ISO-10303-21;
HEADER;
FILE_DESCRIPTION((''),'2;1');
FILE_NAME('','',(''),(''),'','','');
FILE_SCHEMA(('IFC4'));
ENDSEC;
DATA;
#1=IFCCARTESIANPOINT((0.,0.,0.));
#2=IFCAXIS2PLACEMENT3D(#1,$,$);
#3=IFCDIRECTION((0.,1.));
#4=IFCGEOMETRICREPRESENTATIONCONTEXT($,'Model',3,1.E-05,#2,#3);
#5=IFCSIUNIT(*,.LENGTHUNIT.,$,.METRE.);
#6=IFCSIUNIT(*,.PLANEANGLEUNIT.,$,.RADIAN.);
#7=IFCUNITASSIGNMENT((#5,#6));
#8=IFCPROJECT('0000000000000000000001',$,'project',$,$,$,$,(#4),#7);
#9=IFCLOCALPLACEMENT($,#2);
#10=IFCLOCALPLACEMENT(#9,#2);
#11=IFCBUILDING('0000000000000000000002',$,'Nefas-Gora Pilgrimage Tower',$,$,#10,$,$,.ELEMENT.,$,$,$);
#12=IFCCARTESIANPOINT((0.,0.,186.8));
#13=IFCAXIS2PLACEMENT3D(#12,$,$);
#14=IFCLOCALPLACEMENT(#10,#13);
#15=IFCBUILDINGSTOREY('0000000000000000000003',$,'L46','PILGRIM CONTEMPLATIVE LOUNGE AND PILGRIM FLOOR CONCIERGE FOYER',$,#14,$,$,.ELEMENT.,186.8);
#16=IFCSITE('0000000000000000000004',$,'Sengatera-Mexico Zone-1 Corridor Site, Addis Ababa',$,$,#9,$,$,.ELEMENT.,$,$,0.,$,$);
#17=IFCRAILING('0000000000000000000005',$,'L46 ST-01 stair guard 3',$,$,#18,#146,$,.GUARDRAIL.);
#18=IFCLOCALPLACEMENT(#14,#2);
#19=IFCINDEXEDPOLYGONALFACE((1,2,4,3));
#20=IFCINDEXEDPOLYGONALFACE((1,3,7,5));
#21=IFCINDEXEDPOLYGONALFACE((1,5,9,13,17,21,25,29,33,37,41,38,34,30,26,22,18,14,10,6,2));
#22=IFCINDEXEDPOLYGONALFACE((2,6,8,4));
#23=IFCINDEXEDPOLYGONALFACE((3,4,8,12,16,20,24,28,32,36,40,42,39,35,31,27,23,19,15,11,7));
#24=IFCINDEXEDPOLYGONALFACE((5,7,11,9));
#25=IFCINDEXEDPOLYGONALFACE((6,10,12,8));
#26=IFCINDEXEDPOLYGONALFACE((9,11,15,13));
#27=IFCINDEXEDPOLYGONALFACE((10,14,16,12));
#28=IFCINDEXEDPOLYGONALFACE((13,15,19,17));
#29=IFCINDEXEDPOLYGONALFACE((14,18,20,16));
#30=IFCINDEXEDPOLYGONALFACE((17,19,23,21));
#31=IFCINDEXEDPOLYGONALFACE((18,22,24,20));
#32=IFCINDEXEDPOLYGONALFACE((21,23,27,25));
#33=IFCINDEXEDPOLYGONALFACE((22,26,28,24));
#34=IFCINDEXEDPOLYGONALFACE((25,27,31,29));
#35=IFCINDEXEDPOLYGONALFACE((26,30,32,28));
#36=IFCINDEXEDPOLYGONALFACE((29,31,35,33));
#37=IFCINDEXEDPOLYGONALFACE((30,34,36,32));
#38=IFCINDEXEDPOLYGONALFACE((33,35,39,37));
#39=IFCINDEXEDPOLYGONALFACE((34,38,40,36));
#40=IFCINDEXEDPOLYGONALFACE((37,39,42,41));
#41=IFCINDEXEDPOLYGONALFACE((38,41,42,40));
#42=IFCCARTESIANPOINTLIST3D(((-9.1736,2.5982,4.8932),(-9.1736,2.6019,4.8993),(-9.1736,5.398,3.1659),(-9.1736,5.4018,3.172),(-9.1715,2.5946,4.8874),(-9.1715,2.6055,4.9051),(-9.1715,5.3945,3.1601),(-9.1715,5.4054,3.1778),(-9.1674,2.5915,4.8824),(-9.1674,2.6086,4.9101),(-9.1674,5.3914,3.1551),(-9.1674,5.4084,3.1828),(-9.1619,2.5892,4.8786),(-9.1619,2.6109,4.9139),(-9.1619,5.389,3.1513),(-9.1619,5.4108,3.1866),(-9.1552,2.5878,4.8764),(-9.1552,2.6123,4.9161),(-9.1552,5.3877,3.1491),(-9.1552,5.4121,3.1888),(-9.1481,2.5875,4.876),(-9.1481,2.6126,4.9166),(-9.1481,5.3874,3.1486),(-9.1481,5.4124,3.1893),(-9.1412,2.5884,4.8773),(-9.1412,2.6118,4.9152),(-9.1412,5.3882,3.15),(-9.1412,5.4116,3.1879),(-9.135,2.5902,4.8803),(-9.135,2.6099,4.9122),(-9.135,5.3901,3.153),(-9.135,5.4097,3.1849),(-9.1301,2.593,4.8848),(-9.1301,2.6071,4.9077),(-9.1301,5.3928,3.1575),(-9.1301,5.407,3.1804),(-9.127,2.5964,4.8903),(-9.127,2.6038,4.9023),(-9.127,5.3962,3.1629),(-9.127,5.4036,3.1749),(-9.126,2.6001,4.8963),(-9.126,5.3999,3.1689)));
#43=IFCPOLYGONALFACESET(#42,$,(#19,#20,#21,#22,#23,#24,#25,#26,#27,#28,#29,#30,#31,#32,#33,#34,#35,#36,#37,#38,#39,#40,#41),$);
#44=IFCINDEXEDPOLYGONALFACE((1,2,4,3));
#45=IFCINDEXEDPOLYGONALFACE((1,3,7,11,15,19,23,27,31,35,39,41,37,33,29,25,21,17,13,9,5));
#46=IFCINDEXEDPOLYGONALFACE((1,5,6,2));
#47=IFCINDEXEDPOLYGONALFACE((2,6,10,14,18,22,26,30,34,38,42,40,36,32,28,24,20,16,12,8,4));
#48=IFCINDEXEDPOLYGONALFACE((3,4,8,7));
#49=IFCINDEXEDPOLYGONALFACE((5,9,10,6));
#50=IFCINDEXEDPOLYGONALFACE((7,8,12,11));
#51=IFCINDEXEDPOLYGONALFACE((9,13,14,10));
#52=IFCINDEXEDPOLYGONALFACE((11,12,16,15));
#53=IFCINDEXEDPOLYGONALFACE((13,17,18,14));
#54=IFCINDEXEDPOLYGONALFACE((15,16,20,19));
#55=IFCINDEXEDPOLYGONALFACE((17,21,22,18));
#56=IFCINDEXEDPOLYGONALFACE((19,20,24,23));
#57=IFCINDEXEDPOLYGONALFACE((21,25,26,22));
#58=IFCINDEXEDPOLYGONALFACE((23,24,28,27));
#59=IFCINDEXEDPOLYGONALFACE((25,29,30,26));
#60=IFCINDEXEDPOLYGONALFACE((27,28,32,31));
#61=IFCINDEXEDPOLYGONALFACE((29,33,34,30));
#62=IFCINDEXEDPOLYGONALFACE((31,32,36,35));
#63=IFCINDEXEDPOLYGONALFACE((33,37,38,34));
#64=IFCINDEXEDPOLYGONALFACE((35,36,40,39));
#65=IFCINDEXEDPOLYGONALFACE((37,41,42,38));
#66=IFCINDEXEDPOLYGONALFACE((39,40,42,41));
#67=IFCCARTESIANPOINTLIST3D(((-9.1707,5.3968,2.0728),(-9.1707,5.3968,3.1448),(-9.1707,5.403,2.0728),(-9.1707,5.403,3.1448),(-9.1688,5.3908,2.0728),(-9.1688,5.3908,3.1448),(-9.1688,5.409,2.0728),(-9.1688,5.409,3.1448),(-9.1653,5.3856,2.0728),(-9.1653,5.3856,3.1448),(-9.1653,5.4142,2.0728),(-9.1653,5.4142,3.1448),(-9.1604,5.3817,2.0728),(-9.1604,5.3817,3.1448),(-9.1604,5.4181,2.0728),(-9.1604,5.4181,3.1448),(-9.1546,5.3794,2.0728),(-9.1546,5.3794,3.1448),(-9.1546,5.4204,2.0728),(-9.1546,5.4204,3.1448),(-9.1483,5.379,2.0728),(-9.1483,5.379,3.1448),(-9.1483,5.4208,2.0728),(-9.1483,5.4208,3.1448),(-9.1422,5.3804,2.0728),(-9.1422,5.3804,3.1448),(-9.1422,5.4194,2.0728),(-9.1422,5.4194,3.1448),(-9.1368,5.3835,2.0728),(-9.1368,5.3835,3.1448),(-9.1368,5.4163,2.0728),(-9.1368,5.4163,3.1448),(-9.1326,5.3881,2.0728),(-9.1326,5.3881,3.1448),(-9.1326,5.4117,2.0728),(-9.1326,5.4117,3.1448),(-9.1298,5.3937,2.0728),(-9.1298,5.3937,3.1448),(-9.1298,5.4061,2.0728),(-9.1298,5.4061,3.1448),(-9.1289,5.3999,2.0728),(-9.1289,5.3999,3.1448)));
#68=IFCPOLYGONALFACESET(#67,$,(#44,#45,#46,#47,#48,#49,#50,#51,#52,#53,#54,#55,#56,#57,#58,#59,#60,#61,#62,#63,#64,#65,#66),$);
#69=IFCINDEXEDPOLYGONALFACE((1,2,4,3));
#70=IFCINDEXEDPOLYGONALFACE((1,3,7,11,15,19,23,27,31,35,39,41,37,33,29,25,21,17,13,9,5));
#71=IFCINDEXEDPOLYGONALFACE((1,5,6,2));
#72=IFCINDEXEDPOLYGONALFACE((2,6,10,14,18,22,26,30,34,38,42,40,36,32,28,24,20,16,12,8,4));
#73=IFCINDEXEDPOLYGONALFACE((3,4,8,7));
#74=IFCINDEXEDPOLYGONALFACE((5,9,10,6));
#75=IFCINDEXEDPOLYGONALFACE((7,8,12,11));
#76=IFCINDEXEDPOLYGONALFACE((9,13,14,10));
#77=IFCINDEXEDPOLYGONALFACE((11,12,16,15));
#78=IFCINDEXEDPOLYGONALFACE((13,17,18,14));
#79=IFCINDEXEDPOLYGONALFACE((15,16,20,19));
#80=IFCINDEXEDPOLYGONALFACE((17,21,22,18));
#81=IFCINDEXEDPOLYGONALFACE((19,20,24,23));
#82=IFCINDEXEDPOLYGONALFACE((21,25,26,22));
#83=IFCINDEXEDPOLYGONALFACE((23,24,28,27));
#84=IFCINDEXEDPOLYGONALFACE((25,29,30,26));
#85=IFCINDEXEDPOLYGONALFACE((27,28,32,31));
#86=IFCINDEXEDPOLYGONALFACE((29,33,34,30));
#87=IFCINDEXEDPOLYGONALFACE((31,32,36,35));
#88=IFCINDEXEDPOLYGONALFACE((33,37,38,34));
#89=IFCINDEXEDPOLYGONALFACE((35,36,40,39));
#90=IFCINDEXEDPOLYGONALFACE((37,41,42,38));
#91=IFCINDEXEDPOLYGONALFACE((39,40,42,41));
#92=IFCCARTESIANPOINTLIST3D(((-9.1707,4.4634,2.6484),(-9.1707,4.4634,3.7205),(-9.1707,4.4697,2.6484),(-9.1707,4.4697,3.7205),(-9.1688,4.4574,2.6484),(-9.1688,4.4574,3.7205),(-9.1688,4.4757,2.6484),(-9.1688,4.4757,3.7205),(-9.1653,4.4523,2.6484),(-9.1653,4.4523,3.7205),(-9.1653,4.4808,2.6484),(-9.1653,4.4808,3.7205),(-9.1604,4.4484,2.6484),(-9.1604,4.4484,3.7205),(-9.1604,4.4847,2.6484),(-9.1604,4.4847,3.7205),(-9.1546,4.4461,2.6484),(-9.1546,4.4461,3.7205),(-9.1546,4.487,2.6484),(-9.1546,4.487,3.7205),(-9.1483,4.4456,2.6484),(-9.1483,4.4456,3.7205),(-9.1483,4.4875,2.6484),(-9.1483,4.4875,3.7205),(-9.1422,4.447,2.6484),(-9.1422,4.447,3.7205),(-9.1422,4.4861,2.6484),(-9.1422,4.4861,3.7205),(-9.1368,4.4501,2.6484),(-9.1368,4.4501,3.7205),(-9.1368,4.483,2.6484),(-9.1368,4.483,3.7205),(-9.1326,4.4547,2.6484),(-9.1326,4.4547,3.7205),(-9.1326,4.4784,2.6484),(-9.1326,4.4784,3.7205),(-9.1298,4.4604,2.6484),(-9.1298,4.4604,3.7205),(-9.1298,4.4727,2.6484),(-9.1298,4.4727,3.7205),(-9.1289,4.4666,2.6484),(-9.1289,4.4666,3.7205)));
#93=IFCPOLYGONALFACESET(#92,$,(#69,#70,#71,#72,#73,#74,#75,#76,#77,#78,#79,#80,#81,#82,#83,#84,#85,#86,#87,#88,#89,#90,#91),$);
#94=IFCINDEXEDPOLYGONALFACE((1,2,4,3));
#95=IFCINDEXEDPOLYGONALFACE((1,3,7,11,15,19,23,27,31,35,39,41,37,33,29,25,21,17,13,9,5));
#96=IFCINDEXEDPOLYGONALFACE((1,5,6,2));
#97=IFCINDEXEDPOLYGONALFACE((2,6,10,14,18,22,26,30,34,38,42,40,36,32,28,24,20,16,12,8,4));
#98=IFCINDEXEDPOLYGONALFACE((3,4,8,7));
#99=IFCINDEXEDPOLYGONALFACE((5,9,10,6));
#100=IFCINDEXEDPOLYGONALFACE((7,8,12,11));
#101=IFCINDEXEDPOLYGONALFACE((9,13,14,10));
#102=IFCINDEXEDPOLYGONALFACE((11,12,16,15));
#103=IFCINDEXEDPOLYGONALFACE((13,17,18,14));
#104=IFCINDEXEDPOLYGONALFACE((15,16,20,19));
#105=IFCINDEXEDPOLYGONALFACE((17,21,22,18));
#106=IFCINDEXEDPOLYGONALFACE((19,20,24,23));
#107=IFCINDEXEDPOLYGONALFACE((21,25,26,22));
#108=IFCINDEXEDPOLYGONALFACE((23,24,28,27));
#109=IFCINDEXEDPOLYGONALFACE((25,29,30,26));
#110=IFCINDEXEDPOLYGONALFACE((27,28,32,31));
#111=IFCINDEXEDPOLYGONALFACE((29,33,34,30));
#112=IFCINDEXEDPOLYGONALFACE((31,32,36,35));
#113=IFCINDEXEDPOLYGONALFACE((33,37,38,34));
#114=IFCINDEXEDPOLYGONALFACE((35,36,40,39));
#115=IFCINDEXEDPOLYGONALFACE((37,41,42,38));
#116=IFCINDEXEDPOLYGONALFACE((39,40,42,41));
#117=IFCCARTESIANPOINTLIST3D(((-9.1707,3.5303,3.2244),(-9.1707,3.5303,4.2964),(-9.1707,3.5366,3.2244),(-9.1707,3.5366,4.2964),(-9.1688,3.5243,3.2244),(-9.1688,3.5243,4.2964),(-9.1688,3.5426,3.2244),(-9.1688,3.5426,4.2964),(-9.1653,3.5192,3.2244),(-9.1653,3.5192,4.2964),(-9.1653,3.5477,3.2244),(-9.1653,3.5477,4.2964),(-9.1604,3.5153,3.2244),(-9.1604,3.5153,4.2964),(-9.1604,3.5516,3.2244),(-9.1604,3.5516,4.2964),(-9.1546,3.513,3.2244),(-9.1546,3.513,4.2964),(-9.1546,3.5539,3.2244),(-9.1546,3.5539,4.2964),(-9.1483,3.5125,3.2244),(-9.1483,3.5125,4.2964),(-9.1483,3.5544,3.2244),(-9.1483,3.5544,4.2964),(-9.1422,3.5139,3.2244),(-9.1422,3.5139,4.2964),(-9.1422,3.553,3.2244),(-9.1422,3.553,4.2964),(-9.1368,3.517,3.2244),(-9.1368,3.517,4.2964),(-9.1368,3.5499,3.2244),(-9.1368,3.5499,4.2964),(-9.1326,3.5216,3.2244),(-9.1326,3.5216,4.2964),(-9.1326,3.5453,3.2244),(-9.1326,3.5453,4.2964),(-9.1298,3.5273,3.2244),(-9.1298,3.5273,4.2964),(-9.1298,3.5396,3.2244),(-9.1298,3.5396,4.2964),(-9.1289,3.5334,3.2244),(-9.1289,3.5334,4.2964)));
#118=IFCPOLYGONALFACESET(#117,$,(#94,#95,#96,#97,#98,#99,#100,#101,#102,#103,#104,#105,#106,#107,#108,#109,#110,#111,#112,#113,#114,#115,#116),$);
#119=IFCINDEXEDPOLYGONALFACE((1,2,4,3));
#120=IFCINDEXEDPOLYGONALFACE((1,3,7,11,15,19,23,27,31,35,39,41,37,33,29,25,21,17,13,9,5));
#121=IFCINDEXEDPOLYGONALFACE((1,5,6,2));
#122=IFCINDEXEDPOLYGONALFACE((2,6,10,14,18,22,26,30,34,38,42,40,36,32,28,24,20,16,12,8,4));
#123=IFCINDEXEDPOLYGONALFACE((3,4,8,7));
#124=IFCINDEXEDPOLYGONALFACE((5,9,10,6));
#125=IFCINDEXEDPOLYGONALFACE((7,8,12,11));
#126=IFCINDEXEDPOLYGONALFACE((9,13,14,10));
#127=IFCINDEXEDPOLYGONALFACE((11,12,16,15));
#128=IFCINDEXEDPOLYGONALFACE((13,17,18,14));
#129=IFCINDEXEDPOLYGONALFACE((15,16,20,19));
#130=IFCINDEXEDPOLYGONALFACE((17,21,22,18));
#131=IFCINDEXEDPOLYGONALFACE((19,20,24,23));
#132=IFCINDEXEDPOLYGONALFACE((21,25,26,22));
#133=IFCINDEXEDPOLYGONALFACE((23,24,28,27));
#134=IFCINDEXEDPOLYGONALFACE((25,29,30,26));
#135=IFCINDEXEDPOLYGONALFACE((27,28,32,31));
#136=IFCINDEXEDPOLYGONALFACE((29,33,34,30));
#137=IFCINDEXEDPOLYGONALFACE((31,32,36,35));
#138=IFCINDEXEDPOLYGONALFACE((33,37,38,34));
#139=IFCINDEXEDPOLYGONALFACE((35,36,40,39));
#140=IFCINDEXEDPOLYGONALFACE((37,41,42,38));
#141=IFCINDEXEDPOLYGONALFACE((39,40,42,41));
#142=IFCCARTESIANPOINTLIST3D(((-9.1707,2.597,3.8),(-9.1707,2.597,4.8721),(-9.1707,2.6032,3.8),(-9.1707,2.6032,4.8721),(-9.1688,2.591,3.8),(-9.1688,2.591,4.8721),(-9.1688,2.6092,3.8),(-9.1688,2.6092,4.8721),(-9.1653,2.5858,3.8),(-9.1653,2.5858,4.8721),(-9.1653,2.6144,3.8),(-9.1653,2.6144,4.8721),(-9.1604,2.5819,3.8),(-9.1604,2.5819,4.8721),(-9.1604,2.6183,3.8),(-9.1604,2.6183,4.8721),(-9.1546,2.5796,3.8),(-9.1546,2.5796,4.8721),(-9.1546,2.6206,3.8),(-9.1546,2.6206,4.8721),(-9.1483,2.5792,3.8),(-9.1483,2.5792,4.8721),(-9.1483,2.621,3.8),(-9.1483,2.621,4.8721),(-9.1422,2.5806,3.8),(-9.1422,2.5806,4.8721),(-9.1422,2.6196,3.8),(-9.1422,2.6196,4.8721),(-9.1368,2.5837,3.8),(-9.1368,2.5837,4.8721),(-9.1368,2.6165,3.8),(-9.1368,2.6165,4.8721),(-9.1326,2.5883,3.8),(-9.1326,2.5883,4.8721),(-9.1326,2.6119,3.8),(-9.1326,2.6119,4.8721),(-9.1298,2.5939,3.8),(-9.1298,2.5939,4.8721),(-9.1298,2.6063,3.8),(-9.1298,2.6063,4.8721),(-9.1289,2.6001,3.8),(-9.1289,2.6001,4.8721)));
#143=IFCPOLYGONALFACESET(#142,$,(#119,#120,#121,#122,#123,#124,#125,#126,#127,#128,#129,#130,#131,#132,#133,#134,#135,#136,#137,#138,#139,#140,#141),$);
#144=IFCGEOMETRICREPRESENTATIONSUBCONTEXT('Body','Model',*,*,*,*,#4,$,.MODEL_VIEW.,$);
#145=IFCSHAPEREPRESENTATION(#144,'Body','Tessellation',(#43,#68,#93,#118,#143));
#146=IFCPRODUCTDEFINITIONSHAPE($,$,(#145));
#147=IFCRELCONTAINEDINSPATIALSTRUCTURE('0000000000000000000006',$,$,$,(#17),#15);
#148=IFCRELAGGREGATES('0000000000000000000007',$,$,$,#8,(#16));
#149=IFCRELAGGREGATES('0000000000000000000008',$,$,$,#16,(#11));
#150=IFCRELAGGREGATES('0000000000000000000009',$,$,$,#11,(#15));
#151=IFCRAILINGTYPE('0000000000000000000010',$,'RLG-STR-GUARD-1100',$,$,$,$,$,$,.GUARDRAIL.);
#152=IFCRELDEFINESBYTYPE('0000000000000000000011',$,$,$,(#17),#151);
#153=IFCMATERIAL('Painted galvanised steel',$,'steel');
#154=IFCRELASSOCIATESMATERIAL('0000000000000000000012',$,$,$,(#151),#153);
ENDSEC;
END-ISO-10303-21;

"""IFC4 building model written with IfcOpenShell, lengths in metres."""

from ifc_helpers import new_model, si_unit, direction, frame, origin, origin_2d, place, context, subcontext, project, spatial, circle, extrude, material, type_object, element, save


model = new_model("IFC4")

# Units and contexts
model_context = context("Model", 3, precision=1e-05, world=origin(), true_north=direction((0.0, 1.0)))
body_context = subcontext(model_context, "Body", "Model", "MODEL_VIEW")
ifc_project = project(units=[si_unit("LENGTHUNIT", "METRE"), si_unit("PLANEANGLEUNIT", "RADIAN")], contexts=[model_context])

# Site, building, storey
site_placement = place(None, origin())
site = spatial("IfcSite", under=ifc_project, at=site_placement, Name="Sengatera-Mexico Zone-1 Corridor Site, Addis Ababa", CompositionType="ELEMENT", RefElevation=0.0)
building_placement = place(site_placement, origin())
building = spatial("IfcBuilding", under=site, at=building_placement, Name="Nefas-Gora Pilgrimage Tower", CompositionType="ELEMENT")
storey_placement = place(building_placement, frame((0.0, 0.0, 186.8)))
storey = spatial("IfcBuildingStorey", under=building, at=storey_placement, Name="L46", Description="PILGRIM CONTEMPLATIVE LOUNGE AND PILGRIM FLOOR CONCIERGE FOYER", CompositionType="ELEMENT", Elevation=186.8)

# Railing
ifc_material_1 = material(Name="Painted galvanised steel", Category="steel")
railing_type_1 = type_object("IfcRailingType", Name="RLG-STR-GUARD-1100", PredefinedType="GUARDRAIL", material=ifc_material_1)
railing_1_placement = place(storey_placement, frame((-9.1499, 5.3999, 2.0728)))
element("IfcRailing", 1, at=railing_1_placement, inside=storey, type_object=railing_type_1, Name="L46 ST-01 stair guard 3", PredefinedType="GUARDRAIL", context=body_context, shape_type="SweptSolid", body=[
    extrude(circle(Radius=0.0239, at=origin_2d()), frame((0.0, 0.0, 1.0962), z_axis=(0.0, -0.851069, 0.525054), x_axis=(1.0, 0.0, 0.0)), (0.0, 0.0, 1.0), 3.2898),
    extrude(circle(Radius=0.021, at=origin_2d()), origin(), (0.0, 0.0, 1.0), 1.072),
    extrude(circle(Radius=0.021, at=origin_2d()), frame((0.0, -0.9333, 0.5757)), (0.0, 0.0, 1.0), 1.072),
    extrude(circle(Radius=0.021, at=origin_2d()), frame((0.0, -1.8665, 1.1516)), (0.0, 0.0, 1.0), 1.072),
    extrude(circle(Radius=0.021, at=origin_2d()), frame((0.0, -2.7998, 1.7273)), (0.0, 0.0, 1.0), 1.072),
])

save(model, "model.ifc")
